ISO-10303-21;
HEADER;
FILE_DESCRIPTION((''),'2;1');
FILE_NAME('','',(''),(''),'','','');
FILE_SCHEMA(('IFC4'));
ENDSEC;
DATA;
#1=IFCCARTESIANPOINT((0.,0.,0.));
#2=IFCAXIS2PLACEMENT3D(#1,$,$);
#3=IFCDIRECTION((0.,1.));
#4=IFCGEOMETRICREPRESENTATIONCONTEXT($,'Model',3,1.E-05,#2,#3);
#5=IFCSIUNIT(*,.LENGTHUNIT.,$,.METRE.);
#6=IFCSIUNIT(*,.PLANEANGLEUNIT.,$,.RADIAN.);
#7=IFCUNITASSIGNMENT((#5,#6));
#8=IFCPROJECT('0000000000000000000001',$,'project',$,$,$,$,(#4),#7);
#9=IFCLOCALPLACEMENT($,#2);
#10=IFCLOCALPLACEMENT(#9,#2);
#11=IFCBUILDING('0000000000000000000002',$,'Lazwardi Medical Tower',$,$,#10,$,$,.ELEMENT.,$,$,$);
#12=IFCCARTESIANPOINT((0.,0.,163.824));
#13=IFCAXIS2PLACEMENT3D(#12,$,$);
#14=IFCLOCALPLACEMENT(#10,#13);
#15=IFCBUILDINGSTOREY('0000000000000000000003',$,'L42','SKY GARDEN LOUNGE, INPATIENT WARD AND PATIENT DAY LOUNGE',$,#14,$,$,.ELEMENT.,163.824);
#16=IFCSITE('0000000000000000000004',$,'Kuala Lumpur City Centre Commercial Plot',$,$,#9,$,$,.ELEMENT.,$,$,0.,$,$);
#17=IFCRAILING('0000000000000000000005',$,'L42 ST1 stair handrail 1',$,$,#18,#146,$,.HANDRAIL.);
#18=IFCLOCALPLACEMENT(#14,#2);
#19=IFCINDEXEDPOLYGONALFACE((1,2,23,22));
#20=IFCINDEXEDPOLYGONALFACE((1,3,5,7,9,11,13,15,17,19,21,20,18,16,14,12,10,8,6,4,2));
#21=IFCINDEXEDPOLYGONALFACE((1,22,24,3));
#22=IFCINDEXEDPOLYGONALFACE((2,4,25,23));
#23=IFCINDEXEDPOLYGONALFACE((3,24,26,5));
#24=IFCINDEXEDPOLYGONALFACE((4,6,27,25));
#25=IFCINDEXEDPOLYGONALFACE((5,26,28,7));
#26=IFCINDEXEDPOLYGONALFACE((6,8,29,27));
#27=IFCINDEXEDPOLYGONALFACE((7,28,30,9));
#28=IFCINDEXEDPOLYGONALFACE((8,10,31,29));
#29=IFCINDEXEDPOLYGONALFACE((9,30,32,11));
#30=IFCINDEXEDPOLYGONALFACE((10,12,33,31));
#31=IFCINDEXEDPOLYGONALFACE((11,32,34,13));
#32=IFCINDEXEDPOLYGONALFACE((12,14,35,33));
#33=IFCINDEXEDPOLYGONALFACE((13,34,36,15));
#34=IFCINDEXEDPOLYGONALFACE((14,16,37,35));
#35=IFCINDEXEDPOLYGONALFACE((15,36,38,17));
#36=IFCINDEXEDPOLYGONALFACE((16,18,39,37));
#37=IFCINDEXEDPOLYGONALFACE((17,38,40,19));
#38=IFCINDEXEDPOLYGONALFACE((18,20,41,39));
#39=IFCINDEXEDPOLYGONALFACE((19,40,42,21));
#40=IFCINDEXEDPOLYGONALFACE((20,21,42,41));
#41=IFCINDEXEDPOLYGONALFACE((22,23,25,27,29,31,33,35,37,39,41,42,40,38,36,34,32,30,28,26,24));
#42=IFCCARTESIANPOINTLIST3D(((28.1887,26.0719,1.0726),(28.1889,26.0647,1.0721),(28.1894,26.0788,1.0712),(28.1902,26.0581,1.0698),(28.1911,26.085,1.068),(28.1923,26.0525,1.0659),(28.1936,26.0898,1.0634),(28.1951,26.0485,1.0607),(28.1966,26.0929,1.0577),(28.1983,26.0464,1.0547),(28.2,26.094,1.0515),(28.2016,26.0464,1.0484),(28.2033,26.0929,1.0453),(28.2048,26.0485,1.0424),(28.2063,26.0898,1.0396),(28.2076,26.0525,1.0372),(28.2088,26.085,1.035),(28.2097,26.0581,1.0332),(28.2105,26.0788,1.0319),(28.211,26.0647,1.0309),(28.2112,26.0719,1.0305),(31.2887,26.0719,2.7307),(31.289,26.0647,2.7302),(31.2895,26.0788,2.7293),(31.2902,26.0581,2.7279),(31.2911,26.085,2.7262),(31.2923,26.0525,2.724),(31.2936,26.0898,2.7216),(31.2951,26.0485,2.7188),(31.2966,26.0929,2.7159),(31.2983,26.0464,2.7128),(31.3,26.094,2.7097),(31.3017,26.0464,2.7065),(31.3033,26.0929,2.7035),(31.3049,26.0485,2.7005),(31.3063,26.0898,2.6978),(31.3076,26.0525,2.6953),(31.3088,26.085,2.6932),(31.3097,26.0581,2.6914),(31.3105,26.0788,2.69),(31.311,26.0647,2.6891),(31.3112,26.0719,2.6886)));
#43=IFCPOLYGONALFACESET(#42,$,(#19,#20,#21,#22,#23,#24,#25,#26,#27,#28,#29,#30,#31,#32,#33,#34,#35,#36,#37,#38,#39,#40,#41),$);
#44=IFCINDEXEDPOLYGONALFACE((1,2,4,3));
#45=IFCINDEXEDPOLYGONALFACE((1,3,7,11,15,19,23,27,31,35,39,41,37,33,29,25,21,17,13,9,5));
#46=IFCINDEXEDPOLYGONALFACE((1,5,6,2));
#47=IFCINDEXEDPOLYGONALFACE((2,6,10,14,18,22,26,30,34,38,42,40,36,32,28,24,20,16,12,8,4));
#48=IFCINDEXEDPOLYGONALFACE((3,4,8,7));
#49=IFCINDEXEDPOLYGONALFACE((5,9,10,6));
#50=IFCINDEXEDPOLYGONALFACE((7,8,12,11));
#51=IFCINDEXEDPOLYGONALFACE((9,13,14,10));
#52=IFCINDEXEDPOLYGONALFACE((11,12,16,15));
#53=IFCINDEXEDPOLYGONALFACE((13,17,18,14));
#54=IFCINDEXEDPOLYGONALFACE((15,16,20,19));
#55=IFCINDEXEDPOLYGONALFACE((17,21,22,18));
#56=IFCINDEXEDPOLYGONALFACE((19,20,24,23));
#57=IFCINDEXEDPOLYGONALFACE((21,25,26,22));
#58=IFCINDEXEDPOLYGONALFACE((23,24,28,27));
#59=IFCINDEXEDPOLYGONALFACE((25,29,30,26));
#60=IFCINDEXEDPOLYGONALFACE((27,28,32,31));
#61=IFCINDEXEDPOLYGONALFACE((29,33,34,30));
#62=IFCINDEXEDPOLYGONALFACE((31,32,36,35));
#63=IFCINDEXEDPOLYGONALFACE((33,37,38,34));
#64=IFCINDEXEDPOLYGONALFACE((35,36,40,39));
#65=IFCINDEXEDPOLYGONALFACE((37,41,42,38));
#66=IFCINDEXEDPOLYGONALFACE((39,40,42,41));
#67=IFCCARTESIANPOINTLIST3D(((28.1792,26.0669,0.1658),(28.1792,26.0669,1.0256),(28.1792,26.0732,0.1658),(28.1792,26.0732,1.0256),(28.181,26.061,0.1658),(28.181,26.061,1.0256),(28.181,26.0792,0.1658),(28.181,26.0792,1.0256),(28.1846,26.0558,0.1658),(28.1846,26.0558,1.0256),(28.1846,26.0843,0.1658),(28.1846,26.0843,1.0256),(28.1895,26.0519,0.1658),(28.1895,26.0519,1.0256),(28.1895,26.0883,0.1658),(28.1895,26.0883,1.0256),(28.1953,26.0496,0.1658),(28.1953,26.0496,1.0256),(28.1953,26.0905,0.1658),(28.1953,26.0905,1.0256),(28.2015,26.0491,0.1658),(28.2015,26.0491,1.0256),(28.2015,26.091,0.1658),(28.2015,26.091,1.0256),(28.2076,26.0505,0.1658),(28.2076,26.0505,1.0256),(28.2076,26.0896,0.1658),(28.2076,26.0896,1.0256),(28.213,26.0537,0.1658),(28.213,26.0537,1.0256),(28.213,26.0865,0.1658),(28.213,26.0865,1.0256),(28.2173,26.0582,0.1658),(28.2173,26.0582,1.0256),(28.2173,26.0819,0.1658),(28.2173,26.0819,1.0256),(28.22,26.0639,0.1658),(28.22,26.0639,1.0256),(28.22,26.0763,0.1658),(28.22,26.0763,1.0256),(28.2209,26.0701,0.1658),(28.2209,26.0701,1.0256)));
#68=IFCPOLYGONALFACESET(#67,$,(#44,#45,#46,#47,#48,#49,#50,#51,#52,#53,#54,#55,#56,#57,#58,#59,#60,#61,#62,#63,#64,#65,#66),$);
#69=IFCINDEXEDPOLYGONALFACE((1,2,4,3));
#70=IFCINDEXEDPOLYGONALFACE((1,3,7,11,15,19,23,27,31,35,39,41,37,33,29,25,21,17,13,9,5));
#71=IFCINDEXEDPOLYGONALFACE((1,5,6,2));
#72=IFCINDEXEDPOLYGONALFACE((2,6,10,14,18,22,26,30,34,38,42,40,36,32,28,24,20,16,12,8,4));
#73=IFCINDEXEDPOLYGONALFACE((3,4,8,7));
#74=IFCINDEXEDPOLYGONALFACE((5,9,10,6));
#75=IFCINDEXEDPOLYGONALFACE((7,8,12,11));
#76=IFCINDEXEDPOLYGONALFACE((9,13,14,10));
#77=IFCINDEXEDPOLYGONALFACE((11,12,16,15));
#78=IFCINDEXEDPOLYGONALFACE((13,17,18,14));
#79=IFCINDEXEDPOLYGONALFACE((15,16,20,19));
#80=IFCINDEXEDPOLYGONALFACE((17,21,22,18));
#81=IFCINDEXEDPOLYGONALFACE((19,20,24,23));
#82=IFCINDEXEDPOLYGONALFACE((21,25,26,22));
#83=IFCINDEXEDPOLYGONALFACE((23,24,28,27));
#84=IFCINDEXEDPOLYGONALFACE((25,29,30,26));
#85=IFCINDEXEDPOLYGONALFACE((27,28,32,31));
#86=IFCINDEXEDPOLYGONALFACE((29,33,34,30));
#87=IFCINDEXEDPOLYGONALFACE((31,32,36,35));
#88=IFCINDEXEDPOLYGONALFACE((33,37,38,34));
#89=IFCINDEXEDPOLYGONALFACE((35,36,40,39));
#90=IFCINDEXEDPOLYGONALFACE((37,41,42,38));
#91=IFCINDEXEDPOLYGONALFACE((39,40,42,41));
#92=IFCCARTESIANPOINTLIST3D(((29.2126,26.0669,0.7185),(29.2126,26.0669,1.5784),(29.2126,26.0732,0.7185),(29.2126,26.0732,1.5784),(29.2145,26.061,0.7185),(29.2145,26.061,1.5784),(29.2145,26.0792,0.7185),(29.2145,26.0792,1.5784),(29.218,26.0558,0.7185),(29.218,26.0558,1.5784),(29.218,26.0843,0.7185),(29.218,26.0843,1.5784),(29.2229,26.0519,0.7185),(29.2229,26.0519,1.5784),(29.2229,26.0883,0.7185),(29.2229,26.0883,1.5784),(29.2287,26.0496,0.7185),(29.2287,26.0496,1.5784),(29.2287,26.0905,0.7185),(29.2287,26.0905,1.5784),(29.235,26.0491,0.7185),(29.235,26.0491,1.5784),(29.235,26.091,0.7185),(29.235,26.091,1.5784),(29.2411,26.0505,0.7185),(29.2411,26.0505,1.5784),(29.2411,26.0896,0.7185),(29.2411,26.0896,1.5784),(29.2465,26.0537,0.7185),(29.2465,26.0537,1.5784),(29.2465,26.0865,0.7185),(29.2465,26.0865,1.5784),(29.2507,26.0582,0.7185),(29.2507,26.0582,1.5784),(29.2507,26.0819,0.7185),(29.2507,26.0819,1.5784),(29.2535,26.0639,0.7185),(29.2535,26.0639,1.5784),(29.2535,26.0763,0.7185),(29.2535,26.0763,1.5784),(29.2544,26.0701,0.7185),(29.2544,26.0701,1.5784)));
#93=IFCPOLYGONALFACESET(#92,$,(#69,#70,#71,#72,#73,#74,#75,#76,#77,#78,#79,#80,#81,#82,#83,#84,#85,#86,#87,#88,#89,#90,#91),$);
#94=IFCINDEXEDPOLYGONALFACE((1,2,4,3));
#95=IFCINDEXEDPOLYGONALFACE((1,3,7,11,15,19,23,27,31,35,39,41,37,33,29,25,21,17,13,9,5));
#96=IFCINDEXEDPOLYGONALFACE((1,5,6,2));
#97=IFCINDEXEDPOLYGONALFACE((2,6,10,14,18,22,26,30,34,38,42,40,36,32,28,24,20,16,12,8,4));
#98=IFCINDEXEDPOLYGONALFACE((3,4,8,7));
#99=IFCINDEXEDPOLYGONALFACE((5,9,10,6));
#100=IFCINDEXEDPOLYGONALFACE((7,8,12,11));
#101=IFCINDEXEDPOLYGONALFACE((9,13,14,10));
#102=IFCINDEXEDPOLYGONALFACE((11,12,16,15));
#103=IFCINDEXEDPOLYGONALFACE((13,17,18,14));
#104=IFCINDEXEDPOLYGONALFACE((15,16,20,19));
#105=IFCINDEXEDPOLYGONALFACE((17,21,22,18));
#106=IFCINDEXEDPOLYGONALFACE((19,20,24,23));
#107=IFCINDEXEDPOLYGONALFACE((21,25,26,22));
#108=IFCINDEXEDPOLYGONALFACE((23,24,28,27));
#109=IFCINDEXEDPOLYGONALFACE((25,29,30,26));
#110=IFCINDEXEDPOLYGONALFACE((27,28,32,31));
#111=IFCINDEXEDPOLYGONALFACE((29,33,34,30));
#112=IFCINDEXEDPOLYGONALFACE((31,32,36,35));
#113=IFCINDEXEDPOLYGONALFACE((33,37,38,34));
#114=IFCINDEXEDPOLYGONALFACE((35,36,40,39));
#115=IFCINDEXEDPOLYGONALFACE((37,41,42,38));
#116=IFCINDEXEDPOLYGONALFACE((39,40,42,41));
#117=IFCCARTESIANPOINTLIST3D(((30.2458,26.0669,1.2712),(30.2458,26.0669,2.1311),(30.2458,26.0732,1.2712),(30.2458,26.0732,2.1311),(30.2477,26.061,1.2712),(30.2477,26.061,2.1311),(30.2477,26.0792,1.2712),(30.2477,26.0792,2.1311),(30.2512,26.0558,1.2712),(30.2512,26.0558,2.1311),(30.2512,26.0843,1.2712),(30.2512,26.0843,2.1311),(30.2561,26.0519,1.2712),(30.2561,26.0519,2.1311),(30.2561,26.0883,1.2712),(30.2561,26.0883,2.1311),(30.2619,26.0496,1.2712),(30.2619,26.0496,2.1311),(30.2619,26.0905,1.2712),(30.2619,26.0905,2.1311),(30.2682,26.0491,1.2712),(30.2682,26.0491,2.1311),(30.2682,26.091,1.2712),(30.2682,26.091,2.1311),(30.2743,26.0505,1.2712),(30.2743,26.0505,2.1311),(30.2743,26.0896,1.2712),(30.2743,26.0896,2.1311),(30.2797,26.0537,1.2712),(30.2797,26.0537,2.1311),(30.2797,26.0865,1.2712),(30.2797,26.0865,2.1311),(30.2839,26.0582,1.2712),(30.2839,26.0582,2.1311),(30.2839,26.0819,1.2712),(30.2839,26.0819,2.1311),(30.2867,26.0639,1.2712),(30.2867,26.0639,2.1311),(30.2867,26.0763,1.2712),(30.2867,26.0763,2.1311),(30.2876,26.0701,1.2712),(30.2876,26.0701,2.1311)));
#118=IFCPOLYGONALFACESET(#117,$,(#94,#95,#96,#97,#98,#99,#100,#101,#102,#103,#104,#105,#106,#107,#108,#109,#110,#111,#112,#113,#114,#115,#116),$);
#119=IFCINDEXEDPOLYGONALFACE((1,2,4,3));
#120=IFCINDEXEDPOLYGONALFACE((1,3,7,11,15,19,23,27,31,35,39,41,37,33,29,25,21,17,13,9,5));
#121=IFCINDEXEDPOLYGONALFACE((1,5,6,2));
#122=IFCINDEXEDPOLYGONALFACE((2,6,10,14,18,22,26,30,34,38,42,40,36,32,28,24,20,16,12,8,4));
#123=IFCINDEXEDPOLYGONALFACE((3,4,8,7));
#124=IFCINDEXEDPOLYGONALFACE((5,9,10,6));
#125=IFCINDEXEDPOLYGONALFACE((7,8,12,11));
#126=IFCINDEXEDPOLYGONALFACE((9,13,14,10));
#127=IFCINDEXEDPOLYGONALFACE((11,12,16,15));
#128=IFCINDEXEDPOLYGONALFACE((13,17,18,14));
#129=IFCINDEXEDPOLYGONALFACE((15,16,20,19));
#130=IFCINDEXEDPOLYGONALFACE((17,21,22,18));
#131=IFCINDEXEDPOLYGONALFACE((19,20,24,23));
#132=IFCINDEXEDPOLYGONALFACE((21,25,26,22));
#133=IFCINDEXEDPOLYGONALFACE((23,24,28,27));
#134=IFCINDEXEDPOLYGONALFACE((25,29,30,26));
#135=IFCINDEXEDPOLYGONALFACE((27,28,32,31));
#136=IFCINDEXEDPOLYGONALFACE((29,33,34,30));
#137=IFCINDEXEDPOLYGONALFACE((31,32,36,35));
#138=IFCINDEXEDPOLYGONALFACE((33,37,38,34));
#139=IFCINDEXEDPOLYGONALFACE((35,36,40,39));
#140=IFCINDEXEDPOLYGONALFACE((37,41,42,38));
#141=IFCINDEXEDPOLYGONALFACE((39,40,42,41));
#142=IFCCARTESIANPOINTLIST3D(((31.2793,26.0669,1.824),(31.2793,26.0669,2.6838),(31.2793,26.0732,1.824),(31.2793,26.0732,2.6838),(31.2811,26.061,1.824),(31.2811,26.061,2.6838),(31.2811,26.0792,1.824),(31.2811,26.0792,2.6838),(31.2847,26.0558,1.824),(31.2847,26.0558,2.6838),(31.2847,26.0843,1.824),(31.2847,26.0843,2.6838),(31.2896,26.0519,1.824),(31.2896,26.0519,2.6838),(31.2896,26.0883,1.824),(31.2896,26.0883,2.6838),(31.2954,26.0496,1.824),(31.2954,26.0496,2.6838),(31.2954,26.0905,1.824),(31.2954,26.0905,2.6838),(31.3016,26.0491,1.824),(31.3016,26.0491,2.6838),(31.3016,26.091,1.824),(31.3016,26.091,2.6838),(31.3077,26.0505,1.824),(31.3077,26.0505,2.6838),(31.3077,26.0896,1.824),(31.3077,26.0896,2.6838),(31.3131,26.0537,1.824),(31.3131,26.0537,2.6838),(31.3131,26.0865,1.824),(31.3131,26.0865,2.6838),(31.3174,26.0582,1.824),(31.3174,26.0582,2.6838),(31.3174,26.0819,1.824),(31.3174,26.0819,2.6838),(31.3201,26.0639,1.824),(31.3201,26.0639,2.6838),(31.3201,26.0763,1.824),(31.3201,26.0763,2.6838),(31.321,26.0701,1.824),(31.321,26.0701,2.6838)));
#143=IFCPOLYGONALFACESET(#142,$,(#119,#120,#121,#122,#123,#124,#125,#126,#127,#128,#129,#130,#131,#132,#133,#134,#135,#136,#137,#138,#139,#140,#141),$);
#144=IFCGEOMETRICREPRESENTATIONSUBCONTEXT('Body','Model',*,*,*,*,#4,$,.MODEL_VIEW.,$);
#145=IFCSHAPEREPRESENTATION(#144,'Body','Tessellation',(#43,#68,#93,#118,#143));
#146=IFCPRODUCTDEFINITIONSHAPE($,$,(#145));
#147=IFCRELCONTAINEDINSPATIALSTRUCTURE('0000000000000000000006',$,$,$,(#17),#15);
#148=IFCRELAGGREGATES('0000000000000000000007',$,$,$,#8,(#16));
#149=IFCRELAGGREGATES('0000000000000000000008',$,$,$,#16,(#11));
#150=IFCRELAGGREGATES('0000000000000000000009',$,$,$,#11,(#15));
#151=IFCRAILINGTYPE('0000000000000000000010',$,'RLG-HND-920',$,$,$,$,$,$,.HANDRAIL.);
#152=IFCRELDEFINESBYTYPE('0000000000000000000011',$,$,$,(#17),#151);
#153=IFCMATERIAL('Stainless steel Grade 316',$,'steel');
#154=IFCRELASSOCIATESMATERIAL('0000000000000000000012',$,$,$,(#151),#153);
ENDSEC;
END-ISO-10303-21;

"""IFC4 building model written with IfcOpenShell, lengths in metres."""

from ifc_helpers import new_model, si_unit, direction, frame, origin, origin_2d, place, context, subcontext, project, spatial, circle, extrude, material, type_object, element, save


model = new_model("IFC4")

# Units and contexts
model_context = context("Model", 3, precision=1e-05, world=origin(), true_north=direction((0.0, 1.0)))
body_context = subcontext(model_context, "Body", "Model", "MODEL_VIEW")
ifc_project = project(units=[si_unit("LENGTHUNIT", "METRE"), si_unit("PLANEANGLEUNIT", "RADIAN")], contexts=[model_context])

# Site, building, storey
site_placement = place(None, origin())
site = spatial("IfcSite", under=ifc_project, at=site_placement, Name="Kuala Lumpur City Centre Commercial Plot", CompositionType="ELEMENT", RefElevation=0.0)
building_placement = place(site_placement, origin())
building = spatial("IfcBuilding", under=site, at=building_placement, Name="Lazwardi Medical Tower", CompositionType="ELEMENT")
storey_placement = place(building_placement, frame((0.0, 0.0, 163.824)))
storey = spatial("IfcBuildingStorey", under=building, at=storey_placement, Name="L42", Description="SKY GARDEN LOUNGE, INPATIENT WARD AND PATIENT DAY LOUNGE", CompositionType="ELEMENT", Elevation=163.824)

# Railing
ifc_material_1 = material(Name="Stainless steel Grade 316", Category="steel")
railing_type_1 = type_object("IfcRailingType", Name="RLG-HND-920", PredefinedType="HANDRAIL", material=ifc_material_1)
railing_1_placement = place(storey_placement, frame((28.2, 26.0701, 0.1658)))
element("IfcRailing", 1, at=railing_1_placement, inside=storey, type_object=railing_type_1, Name="L42 ST1 stair handrail 1", PredefinedType="HANDRAIL", context=body_context, shape_type="SweptSolid", body=[
    extrude(circle(Radius=0.0239, at=origin_2d()), frame((0.0, 0.0, 0.8857), z_axis=(0.881783, 0.0, 0.471655), x_axis=(0.0, 1.0, 0.0)), (0.0, 0.0, 1.0), 3.5156),
    extrude(circle(Radius=0.021, at=origin_2d()), origin(), (0.0, 0.0, 1.0), 0.8599),
    extrude(circle(Radius=0.021, at=origin_2d()), frame((1.0334, 0.0, 0.5527)), (0.0, 0.0, 1.0), 0.8599),
    extrude(circle(Radius=0.021, at=origin_2d()), frame((2.0667, 0.0, 1.1055)), (0.0, 0.0, 1.0), 0.8599),
    extrude(circle(Radius=0.021, at=origin_2d()), frame((3.1001, 0.0, 1.6582)), (0.0, 0.0, 1.0), 0.8599),
])

save(model, "model.ifc")
